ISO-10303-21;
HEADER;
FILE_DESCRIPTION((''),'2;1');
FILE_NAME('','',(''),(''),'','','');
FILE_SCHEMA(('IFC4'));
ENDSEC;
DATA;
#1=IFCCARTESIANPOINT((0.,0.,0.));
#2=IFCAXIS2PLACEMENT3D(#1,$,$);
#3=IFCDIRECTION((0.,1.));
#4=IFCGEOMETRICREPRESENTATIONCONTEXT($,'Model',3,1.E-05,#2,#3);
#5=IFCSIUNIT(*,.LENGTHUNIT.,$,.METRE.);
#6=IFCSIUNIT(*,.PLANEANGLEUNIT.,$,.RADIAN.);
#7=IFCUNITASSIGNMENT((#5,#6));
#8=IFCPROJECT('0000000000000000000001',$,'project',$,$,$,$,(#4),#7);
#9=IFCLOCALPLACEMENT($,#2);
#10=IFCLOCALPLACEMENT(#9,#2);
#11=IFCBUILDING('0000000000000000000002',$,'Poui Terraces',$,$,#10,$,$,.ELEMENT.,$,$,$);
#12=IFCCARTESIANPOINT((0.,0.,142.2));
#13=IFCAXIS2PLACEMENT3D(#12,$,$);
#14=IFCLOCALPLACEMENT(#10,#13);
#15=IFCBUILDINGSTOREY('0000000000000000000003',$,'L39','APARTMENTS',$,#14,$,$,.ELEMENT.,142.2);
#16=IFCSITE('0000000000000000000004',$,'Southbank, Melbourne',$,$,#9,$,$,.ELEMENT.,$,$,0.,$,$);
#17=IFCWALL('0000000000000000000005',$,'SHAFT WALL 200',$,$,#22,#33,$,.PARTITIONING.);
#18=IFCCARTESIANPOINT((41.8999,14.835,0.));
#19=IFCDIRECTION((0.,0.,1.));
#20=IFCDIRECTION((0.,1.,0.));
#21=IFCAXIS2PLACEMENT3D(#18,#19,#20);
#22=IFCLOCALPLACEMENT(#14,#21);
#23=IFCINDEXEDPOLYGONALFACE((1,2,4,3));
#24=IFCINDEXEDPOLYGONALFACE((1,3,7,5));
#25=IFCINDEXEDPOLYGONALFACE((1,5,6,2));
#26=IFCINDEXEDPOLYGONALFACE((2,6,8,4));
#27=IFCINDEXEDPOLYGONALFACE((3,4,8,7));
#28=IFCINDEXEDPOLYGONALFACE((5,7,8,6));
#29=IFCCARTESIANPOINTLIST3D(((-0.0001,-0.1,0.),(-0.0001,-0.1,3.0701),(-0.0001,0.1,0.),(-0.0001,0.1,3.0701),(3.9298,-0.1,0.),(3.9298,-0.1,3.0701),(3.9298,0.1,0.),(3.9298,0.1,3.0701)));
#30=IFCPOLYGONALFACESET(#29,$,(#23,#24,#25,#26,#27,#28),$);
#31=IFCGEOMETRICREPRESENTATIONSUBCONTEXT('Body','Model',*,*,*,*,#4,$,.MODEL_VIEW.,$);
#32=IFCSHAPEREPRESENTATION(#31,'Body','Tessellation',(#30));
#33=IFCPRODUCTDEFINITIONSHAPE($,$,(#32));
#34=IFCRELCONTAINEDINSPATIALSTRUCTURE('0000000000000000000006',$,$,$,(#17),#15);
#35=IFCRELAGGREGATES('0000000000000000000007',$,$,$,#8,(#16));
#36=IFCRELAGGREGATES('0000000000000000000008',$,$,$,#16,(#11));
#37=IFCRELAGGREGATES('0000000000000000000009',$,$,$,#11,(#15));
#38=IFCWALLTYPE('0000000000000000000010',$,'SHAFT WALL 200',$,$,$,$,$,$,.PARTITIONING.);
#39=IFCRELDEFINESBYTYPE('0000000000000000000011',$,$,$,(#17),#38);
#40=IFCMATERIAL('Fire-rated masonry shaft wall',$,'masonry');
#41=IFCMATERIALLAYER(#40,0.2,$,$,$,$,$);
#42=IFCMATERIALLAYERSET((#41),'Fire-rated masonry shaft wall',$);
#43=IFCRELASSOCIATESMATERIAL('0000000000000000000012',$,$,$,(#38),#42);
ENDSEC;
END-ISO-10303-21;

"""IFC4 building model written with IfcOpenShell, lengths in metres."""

from ifc_helpers import new_model, si_unit, direction, frame, frame_2d, origin, place, context, subcontext, project, spatial, rectangle, extrude, material, layer, layer_set, type_object, element, save


model = new_model("IFC4")

# Units and contexts
model_context = context("Model", 3, precision=1e-05, world=origin(), true_north=direction((0.0, 1.0)))
body_context = subcontext(model_context, "Body", "Model", "MODEL_VIEW")
ifc_project = project(units=[si_unit("LENGTHUNIT", "METRE"), si_unit("PLANEANGLEUNIT", "RADIAN")], contexts=[model_context])

# Site, building, storey
site_placement = place(None, origin())
site = spatial("IfcSite", under=ifc_project, at=site_placement, Name="Southbank, Melbourne", CompositionType="ELEMENT", RefElevation=0.0)
building_placement = place(site_placement, origin())
building = spatial("IfcBuilding", under=site, at=building_placement, Name="Poui Terraces", CompositionType="ELEMENT")
storey_placement = place(building_placement, frame((0.0, 0.0, 142.2)))
storey = spatial("IfcBuildingStorey", under=building, at=storey_placement, Name="L39", Description="APARTMENTS", CompositionType="ELEMENT", Elevation=142.2)

# Shared definitions
ifc_material_1 = material(Name="Fire-rated masonry shaft wall", Category="masonry")
ifc_layer_1 = layer(ifc_material_1, 0.2)
ifc_layer_set_1 = layer_set([ifc_layer_1], Name="Fire-rated masonry shaft wall")
wall_type_1 = type_object("IfcWallType", Name="SHAFT WALL 200", PredefinedType="PARTITIONING", material=ifc_layer_set_1)

# Wall
wall_1_placement = place(storey_placement, frame((41.8999, 14.835, 0.0), z_axis=(0.0, 0.0, 1.0), x_axis=(0.0, 1.0, 0.0)))
element("IfcWall", 1, at=wall_1_placement, inside=storey, type_object=wall_type_1, Name="SHAFT WALL 200", PredefinedType="PARTITIONING", context=body_context, shape_type="SweptSolid", body=[
    extrude(rectangle(XDim=3.9299, YDim=0.2, at=frame_2d((1.9648, 0.0))), origin(), (0.0, 0.0, 1.0), 3.0701),
])

save(model, "model.ifc")
